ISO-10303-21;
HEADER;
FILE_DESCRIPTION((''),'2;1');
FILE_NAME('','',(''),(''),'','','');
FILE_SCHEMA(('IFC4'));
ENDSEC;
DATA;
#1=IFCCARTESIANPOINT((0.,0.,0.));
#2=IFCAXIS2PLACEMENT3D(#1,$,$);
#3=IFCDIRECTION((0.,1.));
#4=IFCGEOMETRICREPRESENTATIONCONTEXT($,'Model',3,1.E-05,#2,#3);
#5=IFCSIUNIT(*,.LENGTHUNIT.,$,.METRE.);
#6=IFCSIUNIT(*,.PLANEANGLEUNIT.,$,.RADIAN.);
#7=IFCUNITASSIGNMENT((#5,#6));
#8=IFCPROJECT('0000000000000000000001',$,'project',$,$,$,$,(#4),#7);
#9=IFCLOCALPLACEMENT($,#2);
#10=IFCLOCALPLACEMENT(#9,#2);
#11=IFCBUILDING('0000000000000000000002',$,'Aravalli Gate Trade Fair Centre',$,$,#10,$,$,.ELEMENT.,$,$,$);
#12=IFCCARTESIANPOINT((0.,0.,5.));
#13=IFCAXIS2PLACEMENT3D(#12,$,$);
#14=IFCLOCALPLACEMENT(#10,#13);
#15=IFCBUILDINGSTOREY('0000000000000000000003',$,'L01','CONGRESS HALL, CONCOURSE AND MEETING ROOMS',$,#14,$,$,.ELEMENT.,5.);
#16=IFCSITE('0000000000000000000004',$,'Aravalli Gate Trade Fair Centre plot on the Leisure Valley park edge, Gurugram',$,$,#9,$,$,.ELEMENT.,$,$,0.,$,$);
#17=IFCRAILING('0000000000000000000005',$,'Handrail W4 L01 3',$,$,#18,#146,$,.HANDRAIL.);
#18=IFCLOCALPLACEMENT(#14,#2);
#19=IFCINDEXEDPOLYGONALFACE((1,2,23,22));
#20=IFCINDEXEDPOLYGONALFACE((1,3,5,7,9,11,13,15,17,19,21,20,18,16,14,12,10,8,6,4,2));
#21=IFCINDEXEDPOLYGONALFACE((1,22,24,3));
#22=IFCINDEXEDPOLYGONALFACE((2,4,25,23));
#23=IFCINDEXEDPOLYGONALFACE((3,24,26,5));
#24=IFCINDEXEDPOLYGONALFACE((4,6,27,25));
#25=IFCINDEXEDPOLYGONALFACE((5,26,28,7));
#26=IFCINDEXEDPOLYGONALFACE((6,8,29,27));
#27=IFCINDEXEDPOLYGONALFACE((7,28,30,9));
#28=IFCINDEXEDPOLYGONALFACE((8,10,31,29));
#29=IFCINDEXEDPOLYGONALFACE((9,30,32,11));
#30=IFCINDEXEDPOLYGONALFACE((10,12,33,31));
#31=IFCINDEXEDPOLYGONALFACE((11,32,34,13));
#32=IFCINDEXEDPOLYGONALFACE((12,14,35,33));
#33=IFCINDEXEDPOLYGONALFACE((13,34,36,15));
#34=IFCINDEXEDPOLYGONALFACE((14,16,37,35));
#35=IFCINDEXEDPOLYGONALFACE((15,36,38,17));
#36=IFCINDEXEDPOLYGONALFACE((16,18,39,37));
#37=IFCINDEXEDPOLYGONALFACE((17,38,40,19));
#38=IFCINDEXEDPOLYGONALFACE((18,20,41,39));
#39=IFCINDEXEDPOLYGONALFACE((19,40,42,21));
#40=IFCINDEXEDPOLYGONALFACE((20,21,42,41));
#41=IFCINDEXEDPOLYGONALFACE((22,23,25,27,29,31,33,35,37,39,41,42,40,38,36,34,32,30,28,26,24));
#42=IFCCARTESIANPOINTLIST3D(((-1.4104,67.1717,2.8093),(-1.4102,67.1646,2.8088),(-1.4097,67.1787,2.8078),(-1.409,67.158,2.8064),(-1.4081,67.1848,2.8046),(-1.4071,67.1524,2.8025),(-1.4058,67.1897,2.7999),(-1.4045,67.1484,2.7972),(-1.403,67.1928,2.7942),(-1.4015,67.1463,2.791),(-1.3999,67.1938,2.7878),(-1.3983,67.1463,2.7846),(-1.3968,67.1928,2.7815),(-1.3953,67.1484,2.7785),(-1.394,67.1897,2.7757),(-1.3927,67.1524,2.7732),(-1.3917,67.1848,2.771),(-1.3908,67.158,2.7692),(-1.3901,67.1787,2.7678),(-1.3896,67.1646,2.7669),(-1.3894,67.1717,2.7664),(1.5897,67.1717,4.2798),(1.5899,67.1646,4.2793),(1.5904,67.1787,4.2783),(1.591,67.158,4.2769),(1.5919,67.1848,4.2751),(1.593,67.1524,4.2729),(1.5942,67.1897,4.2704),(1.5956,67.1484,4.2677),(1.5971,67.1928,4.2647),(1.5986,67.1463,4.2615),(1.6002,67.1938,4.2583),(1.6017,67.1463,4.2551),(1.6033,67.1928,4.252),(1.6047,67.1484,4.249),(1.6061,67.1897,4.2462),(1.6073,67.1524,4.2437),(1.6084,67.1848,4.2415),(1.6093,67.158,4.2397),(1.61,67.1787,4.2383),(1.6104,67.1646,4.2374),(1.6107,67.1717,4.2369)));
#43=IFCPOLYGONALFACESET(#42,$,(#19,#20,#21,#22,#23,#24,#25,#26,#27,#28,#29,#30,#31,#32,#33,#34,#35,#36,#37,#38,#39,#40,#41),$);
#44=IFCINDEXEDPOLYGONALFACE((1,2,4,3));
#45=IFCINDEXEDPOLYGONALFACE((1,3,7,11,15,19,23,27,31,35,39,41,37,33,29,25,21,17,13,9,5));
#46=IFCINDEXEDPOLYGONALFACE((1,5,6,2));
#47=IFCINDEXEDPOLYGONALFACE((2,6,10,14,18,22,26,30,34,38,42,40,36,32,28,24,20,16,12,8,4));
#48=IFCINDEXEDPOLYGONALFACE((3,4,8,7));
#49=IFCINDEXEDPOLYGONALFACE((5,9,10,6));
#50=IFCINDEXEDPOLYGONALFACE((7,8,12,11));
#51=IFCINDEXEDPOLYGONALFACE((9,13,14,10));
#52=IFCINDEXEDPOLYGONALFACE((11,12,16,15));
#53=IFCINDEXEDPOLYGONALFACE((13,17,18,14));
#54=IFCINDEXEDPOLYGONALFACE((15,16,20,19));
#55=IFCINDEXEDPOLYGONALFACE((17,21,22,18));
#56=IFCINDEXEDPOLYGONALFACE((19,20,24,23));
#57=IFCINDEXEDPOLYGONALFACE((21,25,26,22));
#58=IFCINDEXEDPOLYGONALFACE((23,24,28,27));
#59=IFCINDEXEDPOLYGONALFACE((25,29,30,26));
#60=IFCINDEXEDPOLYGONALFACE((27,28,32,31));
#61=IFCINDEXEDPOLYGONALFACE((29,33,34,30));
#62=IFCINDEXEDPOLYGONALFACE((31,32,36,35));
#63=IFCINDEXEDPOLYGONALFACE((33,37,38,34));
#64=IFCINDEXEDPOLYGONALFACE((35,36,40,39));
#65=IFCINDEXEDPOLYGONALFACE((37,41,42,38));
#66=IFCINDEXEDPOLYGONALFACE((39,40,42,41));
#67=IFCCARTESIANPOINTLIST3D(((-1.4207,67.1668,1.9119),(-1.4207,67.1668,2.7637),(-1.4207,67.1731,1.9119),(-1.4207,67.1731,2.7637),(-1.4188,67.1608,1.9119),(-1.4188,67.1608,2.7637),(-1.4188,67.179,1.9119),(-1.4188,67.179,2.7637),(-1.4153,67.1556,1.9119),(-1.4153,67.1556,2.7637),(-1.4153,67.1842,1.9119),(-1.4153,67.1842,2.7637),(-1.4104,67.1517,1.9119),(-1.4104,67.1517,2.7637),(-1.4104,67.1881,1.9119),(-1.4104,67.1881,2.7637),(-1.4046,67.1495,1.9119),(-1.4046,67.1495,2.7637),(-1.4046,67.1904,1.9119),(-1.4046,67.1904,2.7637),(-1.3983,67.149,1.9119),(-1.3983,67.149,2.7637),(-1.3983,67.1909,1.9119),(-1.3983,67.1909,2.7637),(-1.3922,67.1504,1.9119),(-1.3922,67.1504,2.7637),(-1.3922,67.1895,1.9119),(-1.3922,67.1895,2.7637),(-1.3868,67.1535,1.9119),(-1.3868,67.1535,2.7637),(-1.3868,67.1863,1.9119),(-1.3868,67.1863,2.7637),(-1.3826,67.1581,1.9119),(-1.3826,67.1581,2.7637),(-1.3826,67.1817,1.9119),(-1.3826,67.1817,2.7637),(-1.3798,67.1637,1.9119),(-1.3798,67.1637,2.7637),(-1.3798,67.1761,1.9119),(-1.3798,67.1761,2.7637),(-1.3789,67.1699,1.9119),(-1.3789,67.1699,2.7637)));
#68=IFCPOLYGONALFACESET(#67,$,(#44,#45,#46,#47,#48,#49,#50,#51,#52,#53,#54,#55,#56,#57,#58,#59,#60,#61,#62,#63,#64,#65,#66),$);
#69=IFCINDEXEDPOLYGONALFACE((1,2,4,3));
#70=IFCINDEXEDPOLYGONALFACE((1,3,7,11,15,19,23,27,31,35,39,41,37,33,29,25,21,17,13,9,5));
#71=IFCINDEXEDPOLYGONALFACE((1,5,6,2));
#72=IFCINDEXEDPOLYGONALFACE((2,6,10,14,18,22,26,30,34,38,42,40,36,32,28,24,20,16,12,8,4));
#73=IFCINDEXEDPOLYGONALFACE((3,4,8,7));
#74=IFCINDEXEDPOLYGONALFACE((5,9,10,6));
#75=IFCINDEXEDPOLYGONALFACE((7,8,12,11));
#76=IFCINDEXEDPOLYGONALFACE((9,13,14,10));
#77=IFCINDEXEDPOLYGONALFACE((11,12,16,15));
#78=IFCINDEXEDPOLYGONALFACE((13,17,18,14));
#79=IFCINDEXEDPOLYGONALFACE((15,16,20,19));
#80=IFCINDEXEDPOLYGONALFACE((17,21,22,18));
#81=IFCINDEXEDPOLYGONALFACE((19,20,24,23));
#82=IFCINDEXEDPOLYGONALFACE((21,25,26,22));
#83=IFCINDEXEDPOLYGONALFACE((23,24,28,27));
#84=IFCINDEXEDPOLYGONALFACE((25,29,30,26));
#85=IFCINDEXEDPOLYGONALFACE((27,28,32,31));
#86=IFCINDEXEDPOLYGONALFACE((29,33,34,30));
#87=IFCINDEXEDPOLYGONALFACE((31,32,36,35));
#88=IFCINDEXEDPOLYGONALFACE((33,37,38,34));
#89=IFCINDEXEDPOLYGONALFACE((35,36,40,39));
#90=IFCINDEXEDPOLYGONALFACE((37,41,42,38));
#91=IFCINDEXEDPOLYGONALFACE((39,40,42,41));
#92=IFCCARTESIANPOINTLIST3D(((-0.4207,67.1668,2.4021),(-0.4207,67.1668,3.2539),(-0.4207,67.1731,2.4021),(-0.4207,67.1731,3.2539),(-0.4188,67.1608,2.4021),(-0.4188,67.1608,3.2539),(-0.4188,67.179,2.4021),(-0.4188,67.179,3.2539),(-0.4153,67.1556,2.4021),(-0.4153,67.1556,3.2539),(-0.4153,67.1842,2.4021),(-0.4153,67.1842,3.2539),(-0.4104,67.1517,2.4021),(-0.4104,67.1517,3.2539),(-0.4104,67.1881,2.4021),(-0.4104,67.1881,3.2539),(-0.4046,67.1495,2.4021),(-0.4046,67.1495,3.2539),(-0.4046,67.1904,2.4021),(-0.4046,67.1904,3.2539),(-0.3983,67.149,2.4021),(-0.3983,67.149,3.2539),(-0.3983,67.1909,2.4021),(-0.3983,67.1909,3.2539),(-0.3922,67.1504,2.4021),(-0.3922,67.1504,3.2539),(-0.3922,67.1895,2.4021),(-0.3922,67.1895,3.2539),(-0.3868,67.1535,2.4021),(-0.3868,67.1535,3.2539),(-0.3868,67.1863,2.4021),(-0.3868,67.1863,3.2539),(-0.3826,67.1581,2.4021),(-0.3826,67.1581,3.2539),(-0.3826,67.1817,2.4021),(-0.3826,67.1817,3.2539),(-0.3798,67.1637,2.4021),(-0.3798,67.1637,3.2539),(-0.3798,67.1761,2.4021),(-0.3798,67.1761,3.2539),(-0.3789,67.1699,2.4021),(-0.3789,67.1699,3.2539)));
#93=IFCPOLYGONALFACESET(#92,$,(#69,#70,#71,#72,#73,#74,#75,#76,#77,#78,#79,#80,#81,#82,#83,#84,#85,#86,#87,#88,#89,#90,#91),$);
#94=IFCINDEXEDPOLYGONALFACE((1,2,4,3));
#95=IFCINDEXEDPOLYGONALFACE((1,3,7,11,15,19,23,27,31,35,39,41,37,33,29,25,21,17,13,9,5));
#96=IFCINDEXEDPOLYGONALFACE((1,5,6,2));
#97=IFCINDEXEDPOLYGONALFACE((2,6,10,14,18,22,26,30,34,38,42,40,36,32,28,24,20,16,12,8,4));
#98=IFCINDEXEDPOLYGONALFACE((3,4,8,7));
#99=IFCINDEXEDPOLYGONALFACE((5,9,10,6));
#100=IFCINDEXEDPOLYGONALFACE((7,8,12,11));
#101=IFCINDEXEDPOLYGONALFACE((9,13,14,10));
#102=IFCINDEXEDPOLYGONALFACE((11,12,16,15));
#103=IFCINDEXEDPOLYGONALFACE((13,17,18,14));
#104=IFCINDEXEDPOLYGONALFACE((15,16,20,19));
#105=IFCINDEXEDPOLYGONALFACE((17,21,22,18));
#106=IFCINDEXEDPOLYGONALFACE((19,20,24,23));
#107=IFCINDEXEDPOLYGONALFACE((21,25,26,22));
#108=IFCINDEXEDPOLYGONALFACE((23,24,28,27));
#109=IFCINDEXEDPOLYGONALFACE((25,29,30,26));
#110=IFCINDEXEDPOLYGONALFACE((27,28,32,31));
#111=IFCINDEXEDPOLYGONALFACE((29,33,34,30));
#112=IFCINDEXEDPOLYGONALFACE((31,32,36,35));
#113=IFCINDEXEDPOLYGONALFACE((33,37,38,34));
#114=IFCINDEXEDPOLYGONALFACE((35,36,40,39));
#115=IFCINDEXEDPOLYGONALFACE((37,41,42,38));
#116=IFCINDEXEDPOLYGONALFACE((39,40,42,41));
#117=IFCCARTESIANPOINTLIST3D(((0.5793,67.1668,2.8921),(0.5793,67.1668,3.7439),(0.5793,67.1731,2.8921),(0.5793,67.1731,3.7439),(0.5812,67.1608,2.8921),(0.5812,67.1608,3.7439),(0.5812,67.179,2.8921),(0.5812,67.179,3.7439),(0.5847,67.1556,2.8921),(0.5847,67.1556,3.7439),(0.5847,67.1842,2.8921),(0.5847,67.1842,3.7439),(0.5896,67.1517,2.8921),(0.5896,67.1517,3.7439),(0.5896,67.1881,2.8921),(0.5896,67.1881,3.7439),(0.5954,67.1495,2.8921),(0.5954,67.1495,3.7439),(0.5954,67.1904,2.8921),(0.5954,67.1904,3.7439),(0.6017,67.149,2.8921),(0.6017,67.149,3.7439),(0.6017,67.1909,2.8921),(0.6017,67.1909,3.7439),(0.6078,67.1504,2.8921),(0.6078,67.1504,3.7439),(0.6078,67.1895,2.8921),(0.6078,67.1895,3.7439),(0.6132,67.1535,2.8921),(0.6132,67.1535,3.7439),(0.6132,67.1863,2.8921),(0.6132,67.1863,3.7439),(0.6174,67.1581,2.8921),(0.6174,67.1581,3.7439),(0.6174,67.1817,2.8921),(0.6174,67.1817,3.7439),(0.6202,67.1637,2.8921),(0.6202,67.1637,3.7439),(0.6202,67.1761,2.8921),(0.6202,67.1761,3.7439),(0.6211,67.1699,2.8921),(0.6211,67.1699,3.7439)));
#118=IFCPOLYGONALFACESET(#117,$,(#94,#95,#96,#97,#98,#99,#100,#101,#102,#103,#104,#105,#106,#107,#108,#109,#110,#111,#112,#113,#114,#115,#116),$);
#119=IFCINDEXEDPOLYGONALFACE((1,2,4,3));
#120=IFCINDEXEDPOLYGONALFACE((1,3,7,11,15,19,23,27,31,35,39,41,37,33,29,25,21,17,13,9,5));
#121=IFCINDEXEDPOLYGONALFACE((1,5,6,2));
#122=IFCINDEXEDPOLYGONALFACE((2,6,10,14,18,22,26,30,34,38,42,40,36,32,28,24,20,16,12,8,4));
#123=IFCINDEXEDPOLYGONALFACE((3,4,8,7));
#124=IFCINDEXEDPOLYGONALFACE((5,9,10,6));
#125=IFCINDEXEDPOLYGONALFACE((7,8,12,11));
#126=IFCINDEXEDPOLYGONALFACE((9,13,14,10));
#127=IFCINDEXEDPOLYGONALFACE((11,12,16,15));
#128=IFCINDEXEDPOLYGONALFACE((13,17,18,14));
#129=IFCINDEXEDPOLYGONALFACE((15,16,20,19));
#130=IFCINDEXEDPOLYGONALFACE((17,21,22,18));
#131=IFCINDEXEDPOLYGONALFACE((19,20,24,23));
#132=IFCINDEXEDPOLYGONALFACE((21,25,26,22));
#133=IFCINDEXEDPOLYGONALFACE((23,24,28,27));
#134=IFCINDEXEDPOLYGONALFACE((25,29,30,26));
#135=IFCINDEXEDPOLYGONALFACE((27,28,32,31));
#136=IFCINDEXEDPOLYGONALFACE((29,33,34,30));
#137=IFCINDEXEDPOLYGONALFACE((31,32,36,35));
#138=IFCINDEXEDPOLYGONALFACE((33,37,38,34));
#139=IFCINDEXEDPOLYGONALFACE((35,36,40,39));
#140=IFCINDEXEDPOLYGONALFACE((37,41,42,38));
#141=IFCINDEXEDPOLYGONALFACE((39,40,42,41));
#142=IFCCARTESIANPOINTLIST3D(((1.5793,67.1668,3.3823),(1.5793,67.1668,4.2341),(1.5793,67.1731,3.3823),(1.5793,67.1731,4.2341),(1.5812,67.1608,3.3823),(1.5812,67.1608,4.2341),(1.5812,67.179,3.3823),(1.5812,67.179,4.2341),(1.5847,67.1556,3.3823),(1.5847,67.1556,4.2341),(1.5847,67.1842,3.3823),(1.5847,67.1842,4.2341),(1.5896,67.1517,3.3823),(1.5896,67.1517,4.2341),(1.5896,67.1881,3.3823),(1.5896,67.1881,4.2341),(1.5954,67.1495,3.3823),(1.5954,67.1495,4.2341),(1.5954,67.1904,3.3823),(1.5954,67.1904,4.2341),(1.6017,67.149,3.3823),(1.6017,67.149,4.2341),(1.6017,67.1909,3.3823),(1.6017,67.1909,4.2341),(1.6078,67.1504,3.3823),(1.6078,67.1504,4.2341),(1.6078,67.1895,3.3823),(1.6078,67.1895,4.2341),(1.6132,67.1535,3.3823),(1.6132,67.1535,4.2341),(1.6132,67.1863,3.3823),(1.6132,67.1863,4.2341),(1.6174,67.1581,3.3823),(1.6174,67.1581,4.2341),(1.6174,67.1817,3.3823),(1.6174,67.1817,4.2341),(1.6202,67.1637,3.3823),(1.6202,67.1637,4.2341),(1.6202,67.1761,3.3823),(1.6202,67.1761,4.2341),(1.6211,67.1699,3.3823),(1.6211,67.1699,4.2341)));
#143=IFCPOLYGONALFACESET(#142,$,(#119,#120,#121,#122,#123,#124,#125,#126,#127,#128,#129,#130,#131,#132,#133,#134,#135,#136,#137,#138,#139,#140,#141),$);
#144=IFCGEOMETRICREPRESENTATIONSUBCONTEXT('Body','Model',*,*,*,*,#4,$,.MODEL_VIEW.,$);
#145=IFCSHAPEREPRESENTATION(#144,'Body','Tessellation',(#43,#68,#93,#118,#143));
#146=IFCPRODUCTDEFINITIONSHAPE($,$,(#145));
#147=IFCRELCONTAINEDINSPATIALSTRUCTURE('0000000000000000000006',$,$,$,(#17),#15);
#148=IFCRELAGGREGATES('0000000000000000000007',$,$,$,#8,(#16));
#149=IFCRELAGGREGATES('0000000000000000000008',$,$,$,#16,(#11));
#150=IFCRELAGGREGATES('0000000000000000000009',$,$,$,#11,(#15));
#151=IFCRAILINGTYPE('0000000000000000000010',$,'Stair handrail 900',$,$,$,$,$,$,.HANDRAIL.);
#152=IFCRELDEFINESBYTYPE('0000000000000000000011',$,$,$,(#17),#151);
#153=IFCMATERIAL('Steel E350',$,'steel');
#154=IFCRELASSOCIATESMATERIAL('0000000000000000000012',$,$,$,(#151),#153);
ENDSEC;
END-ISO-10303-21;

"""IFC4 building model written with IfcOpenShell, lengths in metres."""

from ifc_helpers import new_model, si_unit, direction, frame, origin, origin_2d, place, context, subcontext, project, spatial, circle, extrude, material, type_object, element, save


model = new_model("IFC4")

# Units and contexts
model_context = context("Model", 3, precision=1e-05, world=origin(), true_north=direction((0.0, 1.0)))
body_context = subcontext(model_context, "Body", "Model", "MODEL_VIEW")
ifc_project = project(units=[si_unit("LENGTHUNIT", "METRE"), si_unit("PLANEANGLEUNIT", "RADIAN")], contexts=[model_context])

# Site, building, storey
site_placement = place(None, origin())
site = spatial("IfcSite", under=ifc_project, at=site_placement, Name="Aravalli Gate Trade Fair Centre plot on the Leisure Valley park edge, Gurugram", CompositionType="ELEMENT", RefElevation=0.0)
building_placement = place(site_placement, origin())
building = spatial("IfcBuilding", under=site, at=building_placement, Name="Aravalli Gate Trade Fair Centre", CompositionType="ELEMENT")
storey_placement = place(building_placement, frame((0.0, 0.0, 5.0)))
storey = spatial("IfcBuildingStorey", under=building, at=storey_placement, Name="L01", Description="CONGRESS HALL, CONCOURSE AND MEETING ROOMS", CompositionType="ELEMENT", Elevation=5.0)

# Railing
ifc_material_1 = material(Name="Steel E350", Category="steel")
railing_type = type_object("IfcRailingType", Name="Stair handrail 900", PredefinedType="HANDRAIL", material=ifc_material_1)
for number, where, name in (
    (1, (-1.3999, 67.1699, 1.9119), "Handrail W4 L01 3"),
):
    element("IfcRailing", number, at=place(storey_placement, frame(where)), inside=storey, type_object=railing_type, Name=name, PredefinedType="HANDRAIL", context=body_context, shape_type="SweptSolid", body=[
        extrude(circle(Radius=0.0239, at=origin_2d()), frame((0.0, 0.0, 0.876), z_axis=(0.897936, 0.0, 0.440126), x_axis=(0.0, 1.0, 0.0)), (0.0, 0.0, 1.0), 3.3411),
        extrude(circle(Radius=0.021, at=origin_2d()), origin(), (0.0, 0.0, 1.0), 0.8518),
        extrude(circle(Radius=0.021, at=origin_2d()), frame((1.0, 0.0, 0.4902)), (0.0, 0.0, 1.0), 0.8518),
        extrude(circle(Radius=0.021, at=origin_2d()), frame((2.0, 0.0, 0.9802)), (0.0, 0.0, 1.0), 0.8518),
        extrude(circle(Radius=0.021, at=origin_2d()), frame((3.0, 0.0, 1.4705)), (0.0, 0.0, 1.0), 0.8518),
    ])

save(model, "model.ifc")
